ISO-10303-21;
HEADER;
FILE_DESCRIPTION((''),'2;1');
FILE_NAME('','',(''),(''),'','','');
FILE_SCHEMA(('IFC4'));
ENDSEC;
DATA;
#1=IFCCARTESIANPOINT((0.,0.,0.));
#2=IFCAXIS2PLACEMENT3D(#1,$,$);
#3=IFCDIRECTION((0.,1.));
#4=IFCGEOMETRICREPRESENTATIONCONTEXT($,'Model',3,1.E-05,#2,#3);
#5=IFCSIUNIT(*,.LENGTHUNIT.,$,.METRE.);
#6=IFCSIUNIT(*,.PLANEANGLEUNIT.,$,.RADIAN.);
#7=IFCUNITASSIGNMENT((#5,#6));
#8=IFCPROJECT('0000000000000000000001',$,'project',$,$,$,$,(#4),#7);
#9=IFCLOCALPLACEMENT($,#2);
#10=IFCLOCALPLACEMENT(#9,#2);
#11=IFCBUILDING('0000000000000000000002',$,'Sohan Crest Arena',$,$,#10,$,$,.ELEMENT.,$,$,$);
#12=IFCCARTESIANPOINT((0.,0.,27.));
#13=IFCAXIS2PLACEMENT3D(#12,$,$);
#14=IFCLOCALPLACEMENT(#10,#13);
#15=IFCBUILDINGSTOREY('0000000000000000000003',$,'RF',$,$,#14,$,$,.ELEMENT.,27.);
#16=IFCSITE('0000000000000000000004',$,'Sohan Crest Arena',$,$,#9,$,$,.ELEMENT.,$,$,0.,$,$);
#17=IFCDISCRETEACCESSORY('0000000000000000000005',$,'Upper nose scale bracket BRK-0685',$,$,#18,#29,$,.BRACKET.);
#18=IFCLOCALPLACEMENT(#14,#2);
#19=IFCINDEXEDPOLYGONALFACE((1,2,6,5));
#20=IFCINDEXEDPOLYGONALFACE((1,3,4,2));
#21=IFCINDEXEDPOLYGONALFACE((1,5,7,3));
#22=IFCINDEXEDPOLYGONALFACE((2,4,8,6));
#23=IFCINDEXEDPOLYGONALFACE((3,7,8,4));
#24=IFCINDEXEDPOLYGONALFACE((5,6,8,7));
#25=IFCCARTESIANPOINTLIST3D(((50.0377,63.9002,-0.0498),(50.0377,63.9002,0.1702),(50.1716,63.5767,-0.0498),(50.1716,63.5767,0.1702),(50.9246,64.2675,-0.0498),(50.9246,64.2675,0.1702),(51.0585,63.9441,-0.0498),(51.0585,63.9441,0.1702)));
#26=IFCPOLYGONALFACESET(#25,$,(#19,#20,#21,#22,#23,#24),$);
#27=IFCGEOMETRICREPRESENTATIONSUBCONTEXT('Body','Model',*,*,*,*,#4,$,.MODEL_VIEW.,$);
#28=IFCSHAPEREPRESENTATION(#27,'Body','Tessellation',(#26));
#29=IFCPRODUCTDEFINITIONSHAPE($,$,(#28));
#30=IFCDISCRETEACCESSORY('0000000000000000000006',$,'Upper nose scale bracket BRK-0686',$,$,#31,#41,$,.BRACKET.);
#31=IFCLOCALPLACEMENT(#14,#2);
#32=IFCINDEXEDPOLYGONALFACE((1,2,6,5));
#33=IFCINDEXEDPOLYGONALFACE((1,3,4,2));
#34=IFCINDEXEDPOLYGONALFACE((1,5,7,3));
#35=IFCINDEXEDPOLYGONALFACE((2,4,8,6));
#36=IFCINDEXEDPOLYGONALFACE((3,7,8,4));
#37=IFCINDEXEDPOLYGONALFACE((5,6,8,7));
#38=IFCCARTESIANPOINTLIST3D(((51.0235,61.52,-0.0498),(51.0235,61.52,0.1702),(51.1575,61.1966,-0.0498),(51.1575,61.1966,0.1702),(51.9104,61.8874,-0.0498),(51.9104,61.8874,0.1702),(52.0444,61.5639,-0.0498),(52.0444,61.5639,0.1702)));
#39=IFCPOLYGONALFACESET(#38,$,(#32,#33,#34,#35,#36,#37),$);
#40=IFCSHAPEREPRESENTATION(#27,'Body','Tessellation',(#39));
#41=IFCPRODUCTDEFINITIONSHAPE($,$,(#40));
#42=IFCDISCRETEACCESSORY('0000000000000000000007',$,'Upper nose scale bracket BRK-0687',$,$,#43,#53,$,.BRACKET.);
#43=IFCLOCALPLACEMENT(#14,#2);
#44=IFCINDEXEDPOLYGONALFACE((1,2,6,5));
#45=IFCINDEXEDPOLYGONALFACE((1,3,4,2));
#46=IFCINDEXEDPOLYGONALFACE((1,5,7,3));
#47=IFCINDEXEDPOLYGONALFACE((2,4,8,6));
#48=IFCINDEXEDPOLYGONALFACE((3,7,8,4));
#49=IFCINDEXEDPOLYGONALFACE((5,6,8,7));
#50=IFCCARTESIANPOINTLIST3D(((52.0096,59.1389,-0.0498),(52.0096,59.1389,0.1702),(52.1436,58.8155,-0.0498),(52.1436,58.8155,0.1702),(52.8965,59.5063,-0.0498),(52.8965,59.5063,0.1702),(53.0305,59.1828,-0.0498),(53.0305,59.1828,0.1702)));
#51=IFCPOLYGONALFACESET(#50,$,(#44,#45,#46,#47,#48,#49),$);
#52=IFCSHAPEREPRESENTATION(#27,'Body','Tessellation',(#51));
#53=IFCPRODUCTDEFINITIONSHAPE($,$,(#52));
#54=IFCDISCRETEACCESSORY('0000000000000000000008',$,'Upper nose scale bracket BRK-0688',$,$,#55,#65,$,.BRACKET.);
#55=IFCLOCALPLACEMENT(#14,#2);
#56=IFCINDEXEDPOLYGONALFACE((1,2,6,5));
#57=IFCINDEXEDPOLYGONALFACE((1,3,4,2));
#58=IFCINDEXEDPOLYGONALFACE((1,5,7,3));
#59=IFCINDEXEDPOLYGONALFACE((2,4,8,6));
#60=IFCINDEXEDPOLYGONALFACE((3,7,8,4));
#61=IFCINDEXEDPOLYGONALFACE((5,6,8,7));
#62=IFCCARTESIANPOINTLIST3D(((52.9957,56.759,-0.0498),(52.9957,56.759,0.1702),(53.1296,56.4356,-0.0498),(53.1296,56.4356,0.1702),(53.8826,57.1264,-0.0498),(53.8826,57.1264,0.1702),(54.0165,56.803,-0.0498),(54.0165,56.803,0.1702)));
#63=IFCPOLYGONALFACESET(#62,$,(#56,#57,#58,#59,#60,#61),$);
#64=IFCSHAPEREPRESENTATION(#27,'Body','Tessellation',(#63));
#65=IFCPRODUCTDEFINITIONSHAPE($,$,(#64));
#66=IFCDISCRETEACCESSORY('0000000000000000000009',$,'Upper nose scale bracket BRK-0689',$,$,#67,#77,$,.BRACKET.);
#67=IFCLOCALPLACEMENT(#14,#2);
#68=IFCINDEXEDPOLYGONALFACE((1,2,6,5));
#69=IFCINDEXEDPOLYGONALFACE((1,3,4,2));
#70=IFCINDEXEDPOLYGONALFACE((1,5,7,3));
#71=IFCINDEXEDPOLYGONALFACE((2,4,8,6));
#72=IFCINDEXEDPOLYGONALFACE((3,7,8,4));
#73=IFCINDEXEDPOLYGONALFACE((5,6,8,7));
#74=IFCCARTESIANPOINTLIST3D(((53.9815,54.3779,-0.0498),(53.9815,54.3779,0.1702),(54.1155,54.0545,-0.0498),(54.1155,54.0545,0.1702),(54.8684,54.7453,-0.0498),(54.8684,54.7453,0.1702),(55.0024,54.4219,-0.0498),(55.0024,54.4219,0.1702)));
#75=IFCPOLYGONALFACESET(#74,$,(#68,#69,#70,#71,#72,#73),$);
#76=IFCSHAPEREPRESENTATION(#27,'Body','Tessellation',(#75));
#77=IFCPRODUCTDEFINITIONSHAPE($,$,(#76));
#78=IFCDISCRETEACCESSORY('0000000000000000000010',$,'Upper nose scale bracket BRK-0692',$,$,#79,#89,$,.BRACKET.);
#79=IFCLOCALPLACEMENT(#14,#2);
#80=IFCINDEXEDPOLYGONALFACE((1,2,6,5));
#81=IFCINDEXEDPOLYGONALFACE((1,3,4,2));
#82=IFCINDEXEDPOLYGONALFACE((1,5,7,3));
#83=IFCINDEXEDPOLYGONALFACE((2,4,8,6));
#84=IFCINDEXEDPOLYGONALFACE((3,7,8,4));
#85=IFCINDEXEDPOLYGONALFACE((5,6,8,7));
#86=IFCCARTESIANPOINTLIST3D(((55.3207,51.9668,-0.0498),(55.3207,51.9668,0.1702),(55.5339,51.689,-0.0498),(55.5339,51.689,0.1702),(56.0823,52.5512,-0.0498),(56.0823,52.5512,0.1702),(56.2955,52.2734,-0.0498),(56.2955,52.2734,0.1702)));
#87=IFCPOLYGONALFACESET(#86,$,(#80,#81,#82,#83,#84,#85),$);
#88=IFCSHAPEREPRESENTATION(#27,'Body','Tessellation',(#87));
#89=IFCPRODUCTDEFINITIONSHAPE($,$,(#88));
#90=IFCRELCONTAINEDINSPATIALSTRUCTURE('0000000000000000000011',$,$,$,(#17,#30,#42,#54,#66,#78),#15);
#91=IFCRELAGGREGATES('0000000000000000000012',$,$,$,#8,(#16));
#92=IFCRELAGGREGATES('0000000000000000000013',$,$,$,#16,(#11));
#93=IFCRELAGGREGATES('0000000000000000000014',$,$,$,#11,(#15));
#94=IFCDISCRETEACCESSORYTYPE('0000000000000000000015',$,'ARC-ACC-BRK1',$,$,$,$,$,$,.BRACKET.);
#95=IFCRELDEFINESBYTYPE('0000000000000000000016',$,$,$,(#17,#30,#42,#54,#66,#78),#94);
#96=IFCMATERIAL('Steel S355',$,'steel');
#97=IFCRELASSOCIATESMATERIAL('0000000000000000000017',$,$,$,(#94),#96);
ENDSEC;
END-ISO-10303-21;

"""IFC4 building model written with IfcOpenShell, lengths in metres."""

from ifc_helpers import new_model, si_unit, direction, frame, origin, origin_2d, place, context, subcontext, project, spatial, rectangle, extrude, material, type_object, element, save


model = new_model("IFC4")

# Units and contexts
model_context = context("Model", 3, precision=1e-05, world=origin(), true_north=direction((0.0, 1.0)))
body_context = subcontext(model_context, "Body", "Model", "MODEL_VIEW")
ifc_project = project(units=[si_unit("LENGTHUNIT", "METRE"), si_unit("PLANEANGLEUNIT", "RADIAN")], contexts=[model_context])

# Site, building, storey
site_placement = place(None, origin())
site = spatial("IfcSite", under=ifc_project, at=site_placement, Name="Sohan Crest Arena", CompositionType="ELEMENT", RefElevation=0.0)
building_placement = place(site_placement, origin())
building = spatial("IfcBuilding", under=site, at=building_placement, Name="Sohan Crest Arena", CompositionType="ELEMENT")
storey_placement = place(building_placement, frame((0.0, 0.0, 27.0)))
storey = spatial("IfcBuildingStorey", under=building, at=storey_placement, Name="RF", CompositionType="ELEMENT", Elevation=27.0)

# Shared definitions
ifc_material_1 = material(Name="Steel S355", Category="steel")

# Discrete accessories
discrete_accessory_type = type_object("IfcDiscreteAccessoryType", Name="ARC-ACC-BRK1", PredefinedType="BRACKET", material=ifc_material_1)
for number, where, z_axis, x_axis, name in (
    (1, (50.5481, 63.9221, -0.0498), (0.0, 0.0, 1.0), (0.382683, -0.92388, 0.0), "Upper nose scale bracket BRK-0685"),
    (2, (51.5339, 61.542, -0.0498), (0.0, 0.0, 1.0), (0.382683, -0.92388, 0.0), "Upper nose scale bracket BRK-0686"),
    (3, (52.52, 59.1609, -0.0498), (0.0, 0.0, 1.0), (0.382683, -0.92388, 0.0), "Upper nose scale bracket BRK-0687"),
    (4, (53.5061, 56.781, -0.0498), (0.0, 0.0, 1.0), (0.382683, -0.92388, 0.0), "Upper nose scale bracket BRK-0688"),
    (5, (54.4919, 54.3999, -0.0498), (0.0, 0.0, 1.0), (0.382683, -0.92388, 0.0), "Upper nose scale bracket BRK-0689"),
    (6, (55.8081, 52.1201, -0.0498), (0.0, 0.0, 1.0), (0.608761, -0.793353, 0.0), "Upper nose scale bracket BRK-0692"),
):
    element("IfcDiscreteAccessory", number, at=place(storey_placement, frame(where, z_axis=z_axis, x_axis=x_axis)), inside=storey, type_object=discrete_accessory_type, Name=name, PredefinedType="BRACKET", context=body_context, shape_type="SweptSolid", body=[
        extrude(rectangle(XDim=0.3501, YDim=0.96, at=origin_2d()), origin(), (0.0, 0.0, 1.0), 0.22),
    ])

save(model, "model.ifc")
